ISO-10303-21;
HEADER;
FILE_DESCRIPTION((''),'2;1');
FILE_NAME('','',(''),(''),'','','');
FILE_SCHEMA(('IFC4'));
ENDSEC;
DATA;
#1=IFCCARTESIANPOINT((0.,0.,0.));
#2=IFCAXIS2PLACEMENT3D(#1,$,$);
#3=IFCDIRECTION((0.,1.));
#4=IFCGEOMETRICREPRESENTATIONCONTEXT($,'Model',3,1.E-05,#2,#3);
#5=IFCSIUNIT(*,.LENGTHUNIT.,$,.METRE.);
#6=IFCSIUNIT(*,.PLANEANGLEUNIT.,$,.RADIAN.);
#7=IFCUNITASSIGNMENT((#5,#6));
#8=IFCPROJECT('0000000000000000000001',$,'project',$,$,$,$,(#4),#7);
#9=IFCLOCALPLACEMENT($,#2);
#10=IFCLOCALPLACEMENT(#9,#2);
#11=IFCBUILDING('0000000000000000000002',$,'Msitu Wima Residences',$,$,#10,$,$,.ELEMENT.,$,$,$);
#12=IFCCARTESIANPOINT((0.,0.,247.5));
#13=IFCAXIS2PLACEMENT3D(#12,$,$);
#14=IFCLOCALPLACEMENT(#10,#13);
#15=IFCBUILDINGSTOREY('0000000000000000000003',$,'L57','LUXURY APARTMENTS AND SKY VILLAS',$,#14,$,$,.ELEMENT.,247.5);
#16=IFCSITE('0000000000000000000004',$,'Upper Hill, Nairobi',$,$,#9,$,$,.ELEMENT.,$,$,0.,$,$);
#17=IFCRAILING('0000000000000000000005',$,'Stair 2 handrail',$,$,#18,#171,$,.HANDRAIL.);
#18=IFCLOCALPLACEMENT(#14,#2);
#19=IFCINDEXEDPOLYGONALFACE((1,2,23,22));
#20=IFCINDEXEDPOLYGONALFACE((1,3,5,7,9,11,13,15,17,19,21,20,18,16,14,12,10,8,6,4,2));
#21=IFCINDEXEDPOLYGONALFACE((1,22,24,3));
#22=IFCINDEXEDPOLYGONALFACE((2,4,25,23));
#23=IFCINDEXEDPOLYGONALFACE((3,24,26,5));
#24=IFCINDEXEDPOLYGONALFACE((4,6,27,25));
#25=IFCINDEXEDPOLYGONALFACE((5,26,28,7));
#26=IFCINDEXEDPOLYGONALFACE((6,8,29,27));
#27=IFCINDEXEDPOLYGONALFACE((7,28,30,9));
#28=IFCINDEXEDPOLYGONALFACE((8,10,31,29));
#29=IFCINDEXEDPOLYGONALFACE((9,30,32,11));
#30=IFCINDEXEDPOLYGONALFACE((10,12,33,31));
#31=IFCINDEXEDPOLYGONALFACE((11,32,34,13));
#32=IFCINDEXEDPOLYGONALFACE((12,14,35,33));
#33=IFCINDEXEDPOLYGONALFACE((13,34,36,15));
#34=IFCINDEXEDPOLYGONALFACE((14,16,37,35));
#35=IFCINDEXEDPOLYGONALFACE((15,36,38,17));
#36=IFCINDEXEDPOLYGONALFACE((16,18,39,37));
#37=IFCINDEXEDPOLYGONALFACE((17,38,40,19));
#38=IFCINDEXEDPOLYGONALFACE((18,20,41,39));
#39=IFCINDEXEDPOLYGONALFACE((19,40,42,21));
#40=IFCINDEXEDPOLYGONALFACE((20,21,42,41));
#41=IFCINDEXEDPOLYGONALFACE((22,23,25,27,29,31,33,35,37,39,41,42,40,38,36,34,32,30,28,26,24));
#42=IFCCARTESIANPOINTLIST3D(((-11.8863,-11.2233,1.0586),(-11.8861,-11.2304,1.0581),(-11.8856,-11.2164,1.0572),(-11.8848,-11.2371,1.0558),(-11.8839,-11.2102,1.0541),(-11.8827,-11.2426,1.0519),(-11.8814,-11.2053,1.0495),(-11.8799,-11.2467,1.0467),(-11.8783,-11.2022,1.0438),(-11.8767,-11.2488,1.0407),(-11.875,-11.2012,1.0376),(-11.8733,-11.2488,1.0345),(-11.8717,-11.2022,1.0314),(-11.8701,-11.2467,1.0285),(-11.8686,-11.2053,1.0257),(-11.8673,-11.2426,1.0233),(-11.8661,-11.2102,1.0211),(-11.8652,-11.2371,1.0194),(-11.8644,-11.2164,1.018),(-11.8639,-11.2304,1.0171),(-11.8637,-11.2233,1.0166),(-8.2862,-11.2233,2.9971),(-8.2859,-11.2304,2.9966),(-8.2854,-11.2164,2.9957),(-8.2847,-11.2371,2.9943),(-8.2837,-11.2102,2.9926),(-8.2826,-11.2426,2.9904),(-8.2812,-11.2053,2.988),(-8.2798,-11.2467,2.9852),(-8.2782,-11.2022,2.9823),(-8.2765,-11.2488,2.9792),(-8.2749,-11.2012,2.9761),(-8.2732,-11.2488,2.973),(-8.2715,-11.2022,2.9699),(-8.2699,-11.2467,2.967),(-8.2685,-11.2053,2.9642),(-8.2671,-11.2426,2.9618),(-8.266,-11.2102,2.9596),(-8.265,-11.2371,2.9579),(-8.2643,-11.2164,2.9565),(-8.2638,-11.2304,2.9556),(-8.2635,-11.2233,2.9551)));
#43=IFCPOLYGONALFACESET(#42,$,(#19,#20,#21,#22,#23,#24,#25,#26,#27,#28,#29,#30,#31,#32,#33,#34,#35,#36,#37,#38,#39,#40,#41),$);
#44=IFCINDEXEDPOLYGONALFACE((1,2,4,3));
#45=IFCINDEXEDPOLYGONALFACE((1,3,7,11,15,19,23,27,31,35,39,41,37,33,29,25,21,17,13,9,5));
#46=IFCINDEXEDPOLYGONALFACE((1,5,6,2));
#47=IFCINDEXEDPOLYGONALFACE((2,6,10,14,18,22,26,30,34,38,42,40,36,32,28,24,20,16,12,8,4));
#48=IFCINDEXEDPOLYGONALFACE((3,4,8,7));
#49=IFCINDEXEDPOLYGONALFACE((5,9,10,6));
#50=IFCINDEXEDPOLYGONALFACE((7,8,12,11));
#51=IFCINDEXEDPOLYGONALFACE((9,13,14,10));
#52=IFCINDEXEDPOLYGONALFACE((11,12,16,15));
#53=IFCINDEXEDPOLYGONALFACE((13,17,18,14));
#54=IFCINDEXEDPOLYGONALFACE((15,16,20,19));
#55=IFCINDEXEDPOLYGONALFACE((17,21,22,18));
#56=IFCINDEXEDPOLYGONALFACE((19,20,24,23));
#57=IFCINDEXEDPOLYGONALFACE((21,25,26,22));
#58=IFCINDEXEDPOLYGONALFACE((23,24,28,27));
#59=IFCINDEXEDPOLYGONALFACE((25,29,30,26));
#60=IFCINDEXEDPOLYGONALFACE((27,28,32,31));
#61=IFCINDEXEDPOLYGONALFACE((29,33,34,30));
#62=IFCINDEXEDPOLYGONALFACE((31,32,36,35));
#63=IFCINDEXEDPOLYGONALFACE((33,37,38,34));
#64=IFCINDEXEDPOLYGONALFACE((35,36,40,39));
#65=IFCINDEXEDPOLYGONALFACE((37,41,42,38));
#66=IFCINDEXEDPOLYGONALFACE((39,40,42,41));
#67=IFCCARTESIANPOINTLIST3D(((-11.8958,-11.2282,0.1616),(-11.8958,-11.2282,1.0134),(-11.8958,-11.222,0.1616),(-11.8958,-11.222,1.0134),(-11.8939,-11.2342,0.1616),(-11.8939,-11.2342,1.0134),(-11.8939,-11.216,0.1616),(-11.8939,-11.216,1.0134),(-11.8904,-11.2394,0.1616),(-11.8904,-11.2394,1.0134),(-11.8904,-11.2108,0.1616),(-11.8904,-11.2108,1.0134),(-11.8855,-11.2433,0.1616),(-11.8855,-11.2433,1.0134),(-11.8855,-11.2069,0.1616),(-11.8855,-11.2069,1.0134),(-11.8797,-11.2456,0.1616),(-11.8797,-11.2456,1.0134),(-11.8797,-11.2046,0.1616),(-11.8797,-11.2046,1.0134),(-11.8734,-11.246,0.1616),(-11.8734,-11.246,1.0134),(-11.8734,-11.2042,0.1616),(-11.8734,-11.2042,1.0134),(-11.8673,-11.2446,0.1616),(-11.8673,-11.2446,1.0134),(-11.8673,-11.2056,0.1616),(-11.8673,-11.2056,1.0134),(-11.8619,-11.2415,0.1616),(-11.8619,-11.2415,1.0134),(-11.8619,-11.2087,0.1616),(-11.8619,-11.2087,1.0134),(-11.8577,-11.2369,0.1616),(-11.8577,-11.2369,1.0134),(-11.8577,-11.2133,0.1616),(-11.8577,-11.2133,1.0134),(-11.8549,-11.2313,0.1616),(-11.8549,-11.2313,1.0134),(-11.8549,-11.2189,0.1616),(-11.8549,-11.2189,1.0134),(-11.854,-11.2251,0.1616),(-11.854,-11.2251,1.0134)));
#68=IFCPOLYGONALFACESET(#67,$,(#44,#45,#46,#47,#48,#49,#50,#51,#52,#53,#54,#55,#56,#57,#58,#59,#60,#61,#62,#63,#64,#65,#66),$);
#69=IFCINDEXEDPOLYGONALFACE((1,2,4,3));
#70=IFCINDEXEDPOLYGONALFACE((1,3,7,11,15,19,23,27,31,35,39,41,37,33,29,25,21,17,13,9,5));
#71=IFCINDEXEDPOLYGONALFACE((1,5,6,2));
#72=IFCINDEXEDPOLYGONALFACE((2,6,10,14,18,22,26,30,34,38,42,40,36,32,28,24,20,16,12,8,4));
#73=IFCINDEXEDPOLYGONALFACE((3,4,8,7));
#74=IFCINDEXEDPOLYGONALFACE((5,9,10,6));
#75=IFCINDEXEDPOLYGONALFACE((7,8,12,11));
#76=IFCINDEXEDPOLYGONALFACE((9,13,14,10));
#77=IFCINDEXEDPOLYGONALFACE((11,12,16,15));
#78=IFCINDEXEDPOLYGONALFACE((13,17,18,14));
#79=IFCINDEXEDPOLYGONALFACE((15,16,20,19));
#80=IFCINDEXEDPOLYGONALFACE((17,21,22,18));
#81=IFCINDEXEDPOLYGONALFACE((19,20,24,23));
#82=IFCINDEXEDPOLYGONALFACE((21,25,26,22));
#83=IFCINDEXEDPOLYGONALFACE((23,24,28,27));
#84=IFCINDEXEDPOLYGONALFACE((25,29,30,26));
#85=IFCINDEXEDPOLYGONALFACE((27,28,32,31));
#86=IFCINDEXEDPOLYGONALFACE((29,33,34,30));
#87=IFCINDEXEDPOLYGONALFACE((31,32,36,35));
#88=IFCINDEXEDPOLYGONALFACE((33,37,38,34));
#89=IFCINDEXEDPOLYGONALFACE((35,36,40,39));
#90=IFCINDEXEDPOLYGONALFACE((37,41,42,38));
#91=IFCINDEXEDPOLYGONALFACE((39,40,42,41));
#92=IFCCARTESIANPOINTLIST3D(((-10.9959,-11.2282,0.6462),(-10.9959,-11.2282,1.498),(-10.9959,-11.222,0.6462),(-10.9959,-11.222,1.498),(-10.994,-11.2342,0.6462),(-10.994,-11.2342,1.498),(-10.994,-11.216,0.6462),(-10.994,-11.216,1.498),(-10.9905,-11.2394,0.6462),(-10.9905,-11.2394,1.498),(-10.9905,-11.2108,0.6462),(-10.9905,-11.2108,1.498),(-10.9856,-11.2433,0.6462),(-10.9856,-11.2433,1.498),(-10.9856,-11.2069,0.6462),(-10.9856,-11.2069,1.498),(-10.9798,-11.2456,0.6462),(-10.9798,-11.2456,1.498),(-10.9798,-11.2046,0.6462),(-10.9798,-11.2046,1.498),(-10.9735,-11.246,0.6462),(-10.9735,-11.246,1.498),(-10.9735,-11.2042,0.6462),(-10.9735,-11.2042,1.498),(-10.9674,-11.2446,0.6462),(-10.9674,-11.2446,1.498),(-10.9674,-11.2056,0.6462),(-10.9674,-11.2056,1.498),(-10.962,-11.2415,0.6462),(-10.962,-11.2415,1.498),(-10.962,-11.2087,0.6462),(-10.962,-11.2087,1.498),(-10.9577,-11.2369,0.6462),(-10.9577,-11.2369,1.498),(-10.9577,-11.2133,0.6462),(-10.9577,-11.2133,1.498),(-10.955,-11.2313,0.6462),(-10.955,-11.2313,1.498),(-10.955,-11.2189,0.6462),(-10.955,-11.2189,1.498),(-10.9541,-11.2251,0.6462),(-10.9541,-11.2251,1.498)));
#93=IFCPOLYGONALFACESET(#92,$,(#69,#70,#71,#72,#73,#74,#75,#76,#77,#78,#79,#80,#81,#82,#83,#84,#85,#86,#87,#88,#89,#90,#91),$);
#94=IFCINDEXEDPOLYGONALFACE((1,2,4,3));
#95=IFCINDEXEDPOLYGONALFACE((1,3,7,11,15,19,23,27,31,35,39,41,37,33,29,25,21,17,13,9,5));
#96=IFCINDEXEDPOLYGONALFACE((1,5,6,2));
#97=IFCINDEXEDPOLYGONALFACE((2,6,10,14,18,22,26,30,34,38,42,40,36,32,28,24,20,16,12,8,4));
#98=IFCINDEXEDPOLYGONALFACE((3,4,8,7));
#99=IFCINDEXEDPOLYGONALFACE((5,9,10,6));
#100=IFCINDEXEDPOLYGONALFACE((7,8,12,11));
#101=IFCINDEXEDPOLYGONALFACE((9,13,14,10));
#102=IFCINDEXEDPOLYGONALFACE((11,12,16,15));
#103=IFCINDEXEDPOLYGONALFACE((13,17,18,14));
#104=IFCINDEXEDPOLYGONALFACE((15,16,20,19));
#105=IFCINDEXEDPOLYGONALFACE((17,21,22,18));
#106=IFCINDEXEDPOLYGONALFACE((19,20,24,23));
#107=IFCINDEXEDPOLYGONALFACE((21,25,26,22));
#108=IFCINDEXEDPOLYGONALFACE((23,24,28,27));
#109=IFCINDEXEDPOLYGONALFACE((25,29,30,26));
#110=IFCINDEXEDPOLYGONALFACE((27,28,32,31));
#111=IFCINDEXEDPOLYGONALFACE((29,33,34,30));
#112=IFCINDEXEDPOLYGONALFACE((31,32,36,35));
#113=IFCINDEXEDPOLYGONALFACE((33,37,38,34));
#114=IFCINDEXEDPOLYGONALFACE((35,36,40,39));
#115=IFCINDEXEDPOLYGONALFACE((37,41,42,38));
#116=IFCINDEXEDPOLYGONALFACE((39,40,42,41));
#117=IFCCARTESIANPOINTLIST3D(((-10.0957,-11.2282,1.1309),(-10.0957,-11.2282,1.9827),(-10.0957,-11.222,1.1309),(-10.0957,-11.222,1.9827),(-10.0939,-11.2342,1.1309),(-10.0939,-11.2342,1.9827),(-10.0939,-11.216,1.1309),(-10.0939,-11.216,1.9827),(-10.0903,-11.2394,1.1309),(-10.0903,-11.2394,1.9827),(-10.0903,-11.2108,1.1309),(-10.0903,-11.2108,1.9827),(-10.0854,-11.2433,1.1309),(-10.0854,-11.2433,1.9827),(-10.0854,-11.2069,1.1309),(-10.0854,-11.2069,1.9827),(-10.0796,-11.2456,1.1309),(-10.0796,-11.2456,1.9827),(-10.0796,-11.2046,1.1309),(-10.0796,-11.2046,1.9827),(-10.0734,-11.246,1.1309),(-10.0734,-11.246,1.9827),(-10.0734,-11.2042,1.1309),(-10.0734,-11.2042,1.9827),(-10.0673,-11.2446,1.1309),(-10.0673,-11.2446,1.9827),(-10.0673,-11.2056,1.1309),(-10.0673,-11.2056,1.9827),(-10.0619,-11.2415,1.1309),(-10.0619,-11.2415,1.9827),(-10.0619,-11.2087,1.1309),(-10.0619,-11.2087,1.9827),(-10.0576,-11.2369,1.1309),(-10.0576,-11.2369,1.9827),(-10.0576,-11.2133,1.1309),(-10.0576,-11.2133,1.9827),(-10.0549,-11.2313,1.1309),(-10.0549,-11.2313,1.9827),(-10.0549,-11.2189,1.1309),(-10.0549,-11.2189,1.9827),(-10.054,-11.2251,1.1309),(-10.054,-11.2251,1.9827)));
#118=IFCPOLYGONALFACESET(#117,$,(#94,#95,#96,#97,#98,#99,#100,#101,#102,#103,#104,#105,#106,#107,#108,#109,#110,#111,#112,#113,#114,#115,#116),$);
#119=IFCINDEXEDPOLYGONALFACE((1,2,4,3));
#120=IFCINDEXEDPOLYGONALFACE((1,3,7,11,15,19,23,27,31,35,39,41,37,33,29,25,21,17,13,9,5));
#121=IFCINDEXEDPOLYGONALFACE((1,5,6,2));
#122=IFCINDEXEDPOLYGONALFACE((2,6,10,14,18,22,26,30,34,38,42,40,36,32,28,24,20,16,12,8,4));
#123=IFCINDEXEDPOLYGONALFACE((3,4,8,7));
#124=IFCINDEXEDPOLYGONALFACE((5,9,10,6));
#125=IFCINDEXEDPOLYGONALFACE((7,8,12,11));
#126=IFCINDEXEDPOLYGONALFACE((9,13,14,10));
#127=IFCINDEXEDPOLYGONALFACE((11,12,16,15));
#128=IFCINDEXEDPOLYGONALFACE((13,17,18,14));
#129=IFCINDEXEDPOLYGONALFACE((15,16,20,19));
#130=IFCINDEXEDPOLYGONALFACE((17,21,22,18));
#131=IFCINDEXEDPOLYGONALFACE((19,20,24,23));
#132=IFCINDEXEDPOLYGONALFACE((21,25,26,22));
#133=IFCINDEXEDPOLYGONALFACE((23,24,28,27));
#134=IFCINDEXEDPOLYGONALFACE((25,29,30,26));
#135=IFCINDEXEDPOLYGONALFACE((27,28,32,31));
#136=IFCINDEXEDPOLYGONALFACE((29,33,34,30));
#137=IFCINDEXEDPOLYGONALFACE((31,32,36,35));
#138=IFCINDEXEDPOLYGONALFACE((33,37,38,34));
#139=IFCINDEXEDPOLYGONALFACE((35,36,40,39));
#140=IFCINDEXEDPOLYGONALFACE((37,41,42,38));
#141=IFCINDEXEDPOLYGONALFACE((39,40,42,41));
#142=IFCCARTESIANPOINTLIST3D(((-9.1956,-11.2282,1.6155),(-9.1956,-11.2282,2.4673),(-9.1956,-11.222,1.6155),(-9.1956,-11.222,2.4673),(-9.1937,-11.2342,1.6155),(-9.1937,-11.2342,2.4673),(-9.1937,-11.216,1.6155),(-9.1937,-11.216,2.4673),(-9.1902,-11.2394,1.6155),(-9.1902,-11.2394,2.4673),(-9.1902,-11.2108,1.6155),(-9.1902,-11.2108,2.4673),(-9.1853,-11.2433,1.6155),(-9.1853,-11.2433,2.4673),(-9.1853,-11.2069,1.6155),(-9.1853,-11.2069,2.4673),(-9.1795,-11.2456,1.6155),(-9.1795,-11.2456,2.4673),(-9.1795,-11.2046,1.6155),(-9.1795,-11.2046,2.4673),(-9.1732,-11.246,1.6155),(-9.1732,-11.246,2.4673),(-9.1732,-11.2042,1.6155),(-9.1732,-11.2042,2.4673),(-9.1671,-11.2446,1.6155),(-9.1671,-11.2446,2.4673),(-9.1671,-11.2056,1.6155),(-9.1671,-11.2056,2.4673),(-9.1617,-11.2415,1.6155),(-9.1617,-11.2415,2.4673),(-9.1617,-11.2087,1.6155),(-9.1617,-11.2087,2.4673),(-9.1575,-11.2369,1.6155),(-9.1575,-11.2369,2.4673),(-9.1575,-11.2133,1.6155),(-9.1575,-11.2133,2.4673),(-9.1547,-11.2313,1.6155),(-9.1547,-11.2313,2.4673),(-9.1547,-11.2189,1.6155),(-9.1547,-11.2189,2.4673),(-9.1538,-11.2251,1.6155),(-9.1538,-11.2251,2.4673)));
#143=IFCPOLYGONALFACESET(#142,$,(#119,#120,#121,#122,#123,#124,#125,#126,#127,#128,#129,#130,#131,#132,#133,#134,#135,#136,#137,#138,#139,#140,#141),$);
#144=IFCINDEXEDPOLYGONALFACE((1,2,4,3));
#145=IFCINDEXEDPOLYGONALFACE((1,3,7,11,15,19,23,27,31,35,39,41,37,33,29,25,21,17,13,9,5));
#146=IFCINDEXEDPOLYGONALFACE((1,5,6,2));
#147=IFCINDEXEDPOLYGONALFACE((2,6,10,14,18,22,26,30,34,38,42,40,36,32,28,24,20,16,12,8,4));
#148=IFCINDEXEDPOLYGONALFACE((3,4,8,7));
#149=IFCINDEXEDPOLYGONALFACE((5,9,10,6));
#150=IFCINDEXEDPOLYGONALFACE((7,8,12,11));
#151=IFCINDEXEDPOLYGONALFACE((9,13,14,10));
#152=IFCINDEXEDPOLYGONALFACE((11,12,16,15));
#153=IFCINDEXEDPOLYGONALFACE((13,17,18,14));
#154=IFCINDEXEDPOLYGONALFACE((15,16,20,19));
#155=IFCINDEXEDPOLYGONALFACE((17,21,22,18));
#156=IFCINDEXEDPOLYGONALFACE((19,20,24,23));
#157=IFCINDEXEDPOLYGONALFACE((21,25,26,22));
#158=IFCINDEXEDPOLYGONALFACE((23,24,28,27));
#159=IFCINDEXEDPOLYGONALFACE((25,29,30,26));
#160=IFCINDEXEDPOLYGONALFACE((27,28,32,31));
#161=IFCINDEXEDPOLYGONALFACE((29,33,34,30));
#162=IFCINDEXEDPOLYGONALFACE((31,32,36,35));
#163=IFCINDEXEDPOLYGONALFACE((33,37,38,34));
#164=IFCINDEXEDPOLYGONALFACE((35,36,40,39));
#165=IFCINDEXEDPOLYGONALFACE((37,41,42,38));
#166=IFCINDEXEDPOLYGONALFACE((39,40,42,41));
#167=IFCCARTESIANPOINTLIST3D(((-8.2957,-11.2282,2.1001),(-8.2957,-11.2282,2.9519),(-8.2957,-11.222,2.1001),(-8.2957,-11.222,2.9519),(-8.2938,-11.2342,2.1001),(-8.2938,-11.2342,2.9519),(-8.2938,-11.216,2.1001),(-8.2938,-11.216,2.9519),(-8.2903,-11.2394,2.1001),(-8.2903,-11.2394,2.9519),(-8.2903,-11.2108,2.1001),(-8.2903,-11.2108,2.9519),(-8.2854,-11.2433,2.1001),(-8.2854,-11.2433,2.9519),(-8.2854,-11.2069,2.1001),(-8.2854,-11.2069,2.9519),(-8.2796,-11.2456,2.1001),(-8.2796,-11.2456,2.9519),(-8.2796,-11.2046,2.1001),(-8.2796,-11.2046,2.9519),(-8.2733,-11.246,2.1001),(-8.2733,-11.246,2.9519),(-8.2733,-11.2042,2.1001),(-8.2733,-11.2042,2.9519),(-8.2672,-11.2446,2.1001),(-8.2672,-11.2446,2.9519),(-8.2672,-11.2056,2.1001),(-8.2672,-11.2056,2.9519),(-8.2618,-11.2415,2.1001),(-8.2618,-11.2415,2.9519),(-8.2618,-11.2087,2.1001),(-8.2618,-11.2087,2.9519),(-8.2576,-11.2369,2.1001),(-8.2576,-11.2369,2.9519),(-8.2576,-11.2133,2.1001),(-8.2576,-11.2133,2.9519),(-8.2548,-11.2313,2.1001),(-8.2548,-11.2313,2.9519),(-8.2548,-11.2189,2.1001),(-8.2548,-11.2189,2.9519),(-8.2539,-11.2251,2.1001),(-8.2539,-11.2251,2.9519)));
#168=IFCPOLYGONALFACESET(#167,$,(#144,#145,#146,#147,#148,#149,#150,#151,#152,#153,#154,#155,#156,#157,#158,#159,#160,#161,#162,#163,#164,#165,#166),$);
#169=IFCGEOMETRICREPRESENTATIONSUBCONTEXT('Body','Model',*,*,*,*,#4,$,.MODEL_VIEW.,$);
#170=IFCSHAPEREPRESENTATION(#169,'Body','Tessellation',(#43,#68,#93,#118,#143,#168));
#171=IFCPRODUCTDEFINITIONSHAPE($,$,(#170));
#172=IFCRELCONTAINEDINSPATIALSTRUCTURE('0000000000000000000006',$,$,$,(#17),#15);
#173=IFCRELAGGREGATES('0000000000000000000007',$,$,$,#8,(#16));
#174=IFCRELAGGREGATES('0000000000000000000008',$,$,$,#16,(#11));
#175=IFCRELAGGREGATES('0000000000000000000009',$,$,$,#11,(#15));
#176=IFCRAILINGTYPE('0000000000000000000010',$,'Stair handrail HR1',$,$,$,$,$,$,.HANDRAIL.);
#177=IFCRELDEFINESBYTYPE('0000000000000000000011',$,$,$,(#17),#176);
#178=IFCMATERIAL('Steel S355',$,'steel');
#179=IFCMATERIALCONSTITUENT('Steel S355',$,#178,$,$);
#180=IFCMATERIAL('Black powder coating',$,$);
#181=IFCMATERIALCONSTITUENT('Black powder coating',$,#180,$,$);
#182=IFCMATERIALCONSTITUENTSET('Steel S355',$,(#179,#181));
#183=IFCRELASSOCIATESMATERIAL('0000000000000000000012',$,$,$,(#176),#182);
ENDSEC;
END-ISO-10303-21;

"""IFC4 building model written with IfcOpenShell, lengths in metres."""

from ifc_helpers import new_model, si_unit, direction, frame, origin, origin_2d, place, context, subcontext, project, spatial, circle, extrude, material, constituent, constituent_set, type_object, element, save


model = new_model("IFC4")

# Units and contexts
model_context = context("Model", 3, precision=1e-05, world=origin(), true_north=direction((0.0, 1.0)))
body_context = subcontext(model_context, "Body", "Model", "MODEL_VIEW")
ifc_project = project(units=[si_unit("LENGTHUNIT", "METRE"), si_unit("PLANEANGLEUNIT", "RADIAN")], contexts=[model_context])

# Site, building, storey
site_placement = place(None, origin())
site = spatial("IfcSite", under=ifc_project, at=site_placement, Name="Upper Hill, Nairobi", CompositionType="ELEMENT", RefElevation=0.0)
building_placement = place(site_placement, origin())
building = spatial("IfcBuilding", under=site, at=building_placement, Name="Msitu Wima Residences", CompositionType="ELEMENT")
storey_placement = place(building_placement, frame((0.0, 0.0, 247.5)))
storey = spatial("IfcBuildingStorey", under=building, at=storey_placement, Name="L57", Description="LUXURY APARTMENTS AND SKY VILLAS", CompositionType="ELEMENT", Elevation=247.5)

# Railing
ifc_material_1 = material(Name="Steel S355", Category="steel")
ifc_constituent_1 = constituent(ifc_material_1, Name="Steel S355")
ifc_material_2 = material(Name="Black powder coating")
ifc_constituent_2 = constituent(ifc_material_2, Name="Black powder coating")
ifc_constituent_set = constituent_set(constituents=[ifc_constituent_1, ifc_constituent_2], Name="Steel S355")
railing_type = type_object("IfcRailingType", Name="Stair handrail HR1", PredefinedType="HANDRAIL", material=ifc_constituent_set)
for number, where, name in (
    (1, (-11.875, -11.2251, 0.1616), "Stair 2 handrail"),
):
    element("IfcRailing", number, at=place(storey_placement, frame(where)), inside=storey, type_object=railing_type, Name=name, PredefinedType="HANDRAIL", context=body_context, shape_type="SweptSolid", body=[
        extrude(circle(Radius=0.0239, at=origin_2d()), frame((0.0, 0.0, 0.876), z_axis=(0.880475, 0.0, 0.474093), x_axis=(0.0, 1.0, 0.0)), (0.0, 0.0, 1.0), 4.0889),
        extrude(circle(Radius=0.021, at=origin_2d()), origin(), (0.0, 0.0, 1.0), 0.8518),
        extrude(circle(Radius=0.021, at=origin_2d()), frame((0.8999, 0.0, 0.4846)), (0.0, 0.0, 1.0), 0.8518),
        extrude(circle(Radius=0.021, at=origin_2d()), frame((1.8, 0.0, 0.9692)), (0.0, 0.0, 1.0), 0.8518),
        extrude(circle(Radius=0.021, at=origin_2d()), frame((2.7002, 0.0, 1.4539)), (0.0, 0.0, 1.0), 0.8518),
        extrude(circle(Radius=0.021, at=origin_2d()), frame((3.6001, 0.0, 1.9385)), (0.0, 0.0, 1.0), 0.8518),
    ])

save(model, "model.ifc")
